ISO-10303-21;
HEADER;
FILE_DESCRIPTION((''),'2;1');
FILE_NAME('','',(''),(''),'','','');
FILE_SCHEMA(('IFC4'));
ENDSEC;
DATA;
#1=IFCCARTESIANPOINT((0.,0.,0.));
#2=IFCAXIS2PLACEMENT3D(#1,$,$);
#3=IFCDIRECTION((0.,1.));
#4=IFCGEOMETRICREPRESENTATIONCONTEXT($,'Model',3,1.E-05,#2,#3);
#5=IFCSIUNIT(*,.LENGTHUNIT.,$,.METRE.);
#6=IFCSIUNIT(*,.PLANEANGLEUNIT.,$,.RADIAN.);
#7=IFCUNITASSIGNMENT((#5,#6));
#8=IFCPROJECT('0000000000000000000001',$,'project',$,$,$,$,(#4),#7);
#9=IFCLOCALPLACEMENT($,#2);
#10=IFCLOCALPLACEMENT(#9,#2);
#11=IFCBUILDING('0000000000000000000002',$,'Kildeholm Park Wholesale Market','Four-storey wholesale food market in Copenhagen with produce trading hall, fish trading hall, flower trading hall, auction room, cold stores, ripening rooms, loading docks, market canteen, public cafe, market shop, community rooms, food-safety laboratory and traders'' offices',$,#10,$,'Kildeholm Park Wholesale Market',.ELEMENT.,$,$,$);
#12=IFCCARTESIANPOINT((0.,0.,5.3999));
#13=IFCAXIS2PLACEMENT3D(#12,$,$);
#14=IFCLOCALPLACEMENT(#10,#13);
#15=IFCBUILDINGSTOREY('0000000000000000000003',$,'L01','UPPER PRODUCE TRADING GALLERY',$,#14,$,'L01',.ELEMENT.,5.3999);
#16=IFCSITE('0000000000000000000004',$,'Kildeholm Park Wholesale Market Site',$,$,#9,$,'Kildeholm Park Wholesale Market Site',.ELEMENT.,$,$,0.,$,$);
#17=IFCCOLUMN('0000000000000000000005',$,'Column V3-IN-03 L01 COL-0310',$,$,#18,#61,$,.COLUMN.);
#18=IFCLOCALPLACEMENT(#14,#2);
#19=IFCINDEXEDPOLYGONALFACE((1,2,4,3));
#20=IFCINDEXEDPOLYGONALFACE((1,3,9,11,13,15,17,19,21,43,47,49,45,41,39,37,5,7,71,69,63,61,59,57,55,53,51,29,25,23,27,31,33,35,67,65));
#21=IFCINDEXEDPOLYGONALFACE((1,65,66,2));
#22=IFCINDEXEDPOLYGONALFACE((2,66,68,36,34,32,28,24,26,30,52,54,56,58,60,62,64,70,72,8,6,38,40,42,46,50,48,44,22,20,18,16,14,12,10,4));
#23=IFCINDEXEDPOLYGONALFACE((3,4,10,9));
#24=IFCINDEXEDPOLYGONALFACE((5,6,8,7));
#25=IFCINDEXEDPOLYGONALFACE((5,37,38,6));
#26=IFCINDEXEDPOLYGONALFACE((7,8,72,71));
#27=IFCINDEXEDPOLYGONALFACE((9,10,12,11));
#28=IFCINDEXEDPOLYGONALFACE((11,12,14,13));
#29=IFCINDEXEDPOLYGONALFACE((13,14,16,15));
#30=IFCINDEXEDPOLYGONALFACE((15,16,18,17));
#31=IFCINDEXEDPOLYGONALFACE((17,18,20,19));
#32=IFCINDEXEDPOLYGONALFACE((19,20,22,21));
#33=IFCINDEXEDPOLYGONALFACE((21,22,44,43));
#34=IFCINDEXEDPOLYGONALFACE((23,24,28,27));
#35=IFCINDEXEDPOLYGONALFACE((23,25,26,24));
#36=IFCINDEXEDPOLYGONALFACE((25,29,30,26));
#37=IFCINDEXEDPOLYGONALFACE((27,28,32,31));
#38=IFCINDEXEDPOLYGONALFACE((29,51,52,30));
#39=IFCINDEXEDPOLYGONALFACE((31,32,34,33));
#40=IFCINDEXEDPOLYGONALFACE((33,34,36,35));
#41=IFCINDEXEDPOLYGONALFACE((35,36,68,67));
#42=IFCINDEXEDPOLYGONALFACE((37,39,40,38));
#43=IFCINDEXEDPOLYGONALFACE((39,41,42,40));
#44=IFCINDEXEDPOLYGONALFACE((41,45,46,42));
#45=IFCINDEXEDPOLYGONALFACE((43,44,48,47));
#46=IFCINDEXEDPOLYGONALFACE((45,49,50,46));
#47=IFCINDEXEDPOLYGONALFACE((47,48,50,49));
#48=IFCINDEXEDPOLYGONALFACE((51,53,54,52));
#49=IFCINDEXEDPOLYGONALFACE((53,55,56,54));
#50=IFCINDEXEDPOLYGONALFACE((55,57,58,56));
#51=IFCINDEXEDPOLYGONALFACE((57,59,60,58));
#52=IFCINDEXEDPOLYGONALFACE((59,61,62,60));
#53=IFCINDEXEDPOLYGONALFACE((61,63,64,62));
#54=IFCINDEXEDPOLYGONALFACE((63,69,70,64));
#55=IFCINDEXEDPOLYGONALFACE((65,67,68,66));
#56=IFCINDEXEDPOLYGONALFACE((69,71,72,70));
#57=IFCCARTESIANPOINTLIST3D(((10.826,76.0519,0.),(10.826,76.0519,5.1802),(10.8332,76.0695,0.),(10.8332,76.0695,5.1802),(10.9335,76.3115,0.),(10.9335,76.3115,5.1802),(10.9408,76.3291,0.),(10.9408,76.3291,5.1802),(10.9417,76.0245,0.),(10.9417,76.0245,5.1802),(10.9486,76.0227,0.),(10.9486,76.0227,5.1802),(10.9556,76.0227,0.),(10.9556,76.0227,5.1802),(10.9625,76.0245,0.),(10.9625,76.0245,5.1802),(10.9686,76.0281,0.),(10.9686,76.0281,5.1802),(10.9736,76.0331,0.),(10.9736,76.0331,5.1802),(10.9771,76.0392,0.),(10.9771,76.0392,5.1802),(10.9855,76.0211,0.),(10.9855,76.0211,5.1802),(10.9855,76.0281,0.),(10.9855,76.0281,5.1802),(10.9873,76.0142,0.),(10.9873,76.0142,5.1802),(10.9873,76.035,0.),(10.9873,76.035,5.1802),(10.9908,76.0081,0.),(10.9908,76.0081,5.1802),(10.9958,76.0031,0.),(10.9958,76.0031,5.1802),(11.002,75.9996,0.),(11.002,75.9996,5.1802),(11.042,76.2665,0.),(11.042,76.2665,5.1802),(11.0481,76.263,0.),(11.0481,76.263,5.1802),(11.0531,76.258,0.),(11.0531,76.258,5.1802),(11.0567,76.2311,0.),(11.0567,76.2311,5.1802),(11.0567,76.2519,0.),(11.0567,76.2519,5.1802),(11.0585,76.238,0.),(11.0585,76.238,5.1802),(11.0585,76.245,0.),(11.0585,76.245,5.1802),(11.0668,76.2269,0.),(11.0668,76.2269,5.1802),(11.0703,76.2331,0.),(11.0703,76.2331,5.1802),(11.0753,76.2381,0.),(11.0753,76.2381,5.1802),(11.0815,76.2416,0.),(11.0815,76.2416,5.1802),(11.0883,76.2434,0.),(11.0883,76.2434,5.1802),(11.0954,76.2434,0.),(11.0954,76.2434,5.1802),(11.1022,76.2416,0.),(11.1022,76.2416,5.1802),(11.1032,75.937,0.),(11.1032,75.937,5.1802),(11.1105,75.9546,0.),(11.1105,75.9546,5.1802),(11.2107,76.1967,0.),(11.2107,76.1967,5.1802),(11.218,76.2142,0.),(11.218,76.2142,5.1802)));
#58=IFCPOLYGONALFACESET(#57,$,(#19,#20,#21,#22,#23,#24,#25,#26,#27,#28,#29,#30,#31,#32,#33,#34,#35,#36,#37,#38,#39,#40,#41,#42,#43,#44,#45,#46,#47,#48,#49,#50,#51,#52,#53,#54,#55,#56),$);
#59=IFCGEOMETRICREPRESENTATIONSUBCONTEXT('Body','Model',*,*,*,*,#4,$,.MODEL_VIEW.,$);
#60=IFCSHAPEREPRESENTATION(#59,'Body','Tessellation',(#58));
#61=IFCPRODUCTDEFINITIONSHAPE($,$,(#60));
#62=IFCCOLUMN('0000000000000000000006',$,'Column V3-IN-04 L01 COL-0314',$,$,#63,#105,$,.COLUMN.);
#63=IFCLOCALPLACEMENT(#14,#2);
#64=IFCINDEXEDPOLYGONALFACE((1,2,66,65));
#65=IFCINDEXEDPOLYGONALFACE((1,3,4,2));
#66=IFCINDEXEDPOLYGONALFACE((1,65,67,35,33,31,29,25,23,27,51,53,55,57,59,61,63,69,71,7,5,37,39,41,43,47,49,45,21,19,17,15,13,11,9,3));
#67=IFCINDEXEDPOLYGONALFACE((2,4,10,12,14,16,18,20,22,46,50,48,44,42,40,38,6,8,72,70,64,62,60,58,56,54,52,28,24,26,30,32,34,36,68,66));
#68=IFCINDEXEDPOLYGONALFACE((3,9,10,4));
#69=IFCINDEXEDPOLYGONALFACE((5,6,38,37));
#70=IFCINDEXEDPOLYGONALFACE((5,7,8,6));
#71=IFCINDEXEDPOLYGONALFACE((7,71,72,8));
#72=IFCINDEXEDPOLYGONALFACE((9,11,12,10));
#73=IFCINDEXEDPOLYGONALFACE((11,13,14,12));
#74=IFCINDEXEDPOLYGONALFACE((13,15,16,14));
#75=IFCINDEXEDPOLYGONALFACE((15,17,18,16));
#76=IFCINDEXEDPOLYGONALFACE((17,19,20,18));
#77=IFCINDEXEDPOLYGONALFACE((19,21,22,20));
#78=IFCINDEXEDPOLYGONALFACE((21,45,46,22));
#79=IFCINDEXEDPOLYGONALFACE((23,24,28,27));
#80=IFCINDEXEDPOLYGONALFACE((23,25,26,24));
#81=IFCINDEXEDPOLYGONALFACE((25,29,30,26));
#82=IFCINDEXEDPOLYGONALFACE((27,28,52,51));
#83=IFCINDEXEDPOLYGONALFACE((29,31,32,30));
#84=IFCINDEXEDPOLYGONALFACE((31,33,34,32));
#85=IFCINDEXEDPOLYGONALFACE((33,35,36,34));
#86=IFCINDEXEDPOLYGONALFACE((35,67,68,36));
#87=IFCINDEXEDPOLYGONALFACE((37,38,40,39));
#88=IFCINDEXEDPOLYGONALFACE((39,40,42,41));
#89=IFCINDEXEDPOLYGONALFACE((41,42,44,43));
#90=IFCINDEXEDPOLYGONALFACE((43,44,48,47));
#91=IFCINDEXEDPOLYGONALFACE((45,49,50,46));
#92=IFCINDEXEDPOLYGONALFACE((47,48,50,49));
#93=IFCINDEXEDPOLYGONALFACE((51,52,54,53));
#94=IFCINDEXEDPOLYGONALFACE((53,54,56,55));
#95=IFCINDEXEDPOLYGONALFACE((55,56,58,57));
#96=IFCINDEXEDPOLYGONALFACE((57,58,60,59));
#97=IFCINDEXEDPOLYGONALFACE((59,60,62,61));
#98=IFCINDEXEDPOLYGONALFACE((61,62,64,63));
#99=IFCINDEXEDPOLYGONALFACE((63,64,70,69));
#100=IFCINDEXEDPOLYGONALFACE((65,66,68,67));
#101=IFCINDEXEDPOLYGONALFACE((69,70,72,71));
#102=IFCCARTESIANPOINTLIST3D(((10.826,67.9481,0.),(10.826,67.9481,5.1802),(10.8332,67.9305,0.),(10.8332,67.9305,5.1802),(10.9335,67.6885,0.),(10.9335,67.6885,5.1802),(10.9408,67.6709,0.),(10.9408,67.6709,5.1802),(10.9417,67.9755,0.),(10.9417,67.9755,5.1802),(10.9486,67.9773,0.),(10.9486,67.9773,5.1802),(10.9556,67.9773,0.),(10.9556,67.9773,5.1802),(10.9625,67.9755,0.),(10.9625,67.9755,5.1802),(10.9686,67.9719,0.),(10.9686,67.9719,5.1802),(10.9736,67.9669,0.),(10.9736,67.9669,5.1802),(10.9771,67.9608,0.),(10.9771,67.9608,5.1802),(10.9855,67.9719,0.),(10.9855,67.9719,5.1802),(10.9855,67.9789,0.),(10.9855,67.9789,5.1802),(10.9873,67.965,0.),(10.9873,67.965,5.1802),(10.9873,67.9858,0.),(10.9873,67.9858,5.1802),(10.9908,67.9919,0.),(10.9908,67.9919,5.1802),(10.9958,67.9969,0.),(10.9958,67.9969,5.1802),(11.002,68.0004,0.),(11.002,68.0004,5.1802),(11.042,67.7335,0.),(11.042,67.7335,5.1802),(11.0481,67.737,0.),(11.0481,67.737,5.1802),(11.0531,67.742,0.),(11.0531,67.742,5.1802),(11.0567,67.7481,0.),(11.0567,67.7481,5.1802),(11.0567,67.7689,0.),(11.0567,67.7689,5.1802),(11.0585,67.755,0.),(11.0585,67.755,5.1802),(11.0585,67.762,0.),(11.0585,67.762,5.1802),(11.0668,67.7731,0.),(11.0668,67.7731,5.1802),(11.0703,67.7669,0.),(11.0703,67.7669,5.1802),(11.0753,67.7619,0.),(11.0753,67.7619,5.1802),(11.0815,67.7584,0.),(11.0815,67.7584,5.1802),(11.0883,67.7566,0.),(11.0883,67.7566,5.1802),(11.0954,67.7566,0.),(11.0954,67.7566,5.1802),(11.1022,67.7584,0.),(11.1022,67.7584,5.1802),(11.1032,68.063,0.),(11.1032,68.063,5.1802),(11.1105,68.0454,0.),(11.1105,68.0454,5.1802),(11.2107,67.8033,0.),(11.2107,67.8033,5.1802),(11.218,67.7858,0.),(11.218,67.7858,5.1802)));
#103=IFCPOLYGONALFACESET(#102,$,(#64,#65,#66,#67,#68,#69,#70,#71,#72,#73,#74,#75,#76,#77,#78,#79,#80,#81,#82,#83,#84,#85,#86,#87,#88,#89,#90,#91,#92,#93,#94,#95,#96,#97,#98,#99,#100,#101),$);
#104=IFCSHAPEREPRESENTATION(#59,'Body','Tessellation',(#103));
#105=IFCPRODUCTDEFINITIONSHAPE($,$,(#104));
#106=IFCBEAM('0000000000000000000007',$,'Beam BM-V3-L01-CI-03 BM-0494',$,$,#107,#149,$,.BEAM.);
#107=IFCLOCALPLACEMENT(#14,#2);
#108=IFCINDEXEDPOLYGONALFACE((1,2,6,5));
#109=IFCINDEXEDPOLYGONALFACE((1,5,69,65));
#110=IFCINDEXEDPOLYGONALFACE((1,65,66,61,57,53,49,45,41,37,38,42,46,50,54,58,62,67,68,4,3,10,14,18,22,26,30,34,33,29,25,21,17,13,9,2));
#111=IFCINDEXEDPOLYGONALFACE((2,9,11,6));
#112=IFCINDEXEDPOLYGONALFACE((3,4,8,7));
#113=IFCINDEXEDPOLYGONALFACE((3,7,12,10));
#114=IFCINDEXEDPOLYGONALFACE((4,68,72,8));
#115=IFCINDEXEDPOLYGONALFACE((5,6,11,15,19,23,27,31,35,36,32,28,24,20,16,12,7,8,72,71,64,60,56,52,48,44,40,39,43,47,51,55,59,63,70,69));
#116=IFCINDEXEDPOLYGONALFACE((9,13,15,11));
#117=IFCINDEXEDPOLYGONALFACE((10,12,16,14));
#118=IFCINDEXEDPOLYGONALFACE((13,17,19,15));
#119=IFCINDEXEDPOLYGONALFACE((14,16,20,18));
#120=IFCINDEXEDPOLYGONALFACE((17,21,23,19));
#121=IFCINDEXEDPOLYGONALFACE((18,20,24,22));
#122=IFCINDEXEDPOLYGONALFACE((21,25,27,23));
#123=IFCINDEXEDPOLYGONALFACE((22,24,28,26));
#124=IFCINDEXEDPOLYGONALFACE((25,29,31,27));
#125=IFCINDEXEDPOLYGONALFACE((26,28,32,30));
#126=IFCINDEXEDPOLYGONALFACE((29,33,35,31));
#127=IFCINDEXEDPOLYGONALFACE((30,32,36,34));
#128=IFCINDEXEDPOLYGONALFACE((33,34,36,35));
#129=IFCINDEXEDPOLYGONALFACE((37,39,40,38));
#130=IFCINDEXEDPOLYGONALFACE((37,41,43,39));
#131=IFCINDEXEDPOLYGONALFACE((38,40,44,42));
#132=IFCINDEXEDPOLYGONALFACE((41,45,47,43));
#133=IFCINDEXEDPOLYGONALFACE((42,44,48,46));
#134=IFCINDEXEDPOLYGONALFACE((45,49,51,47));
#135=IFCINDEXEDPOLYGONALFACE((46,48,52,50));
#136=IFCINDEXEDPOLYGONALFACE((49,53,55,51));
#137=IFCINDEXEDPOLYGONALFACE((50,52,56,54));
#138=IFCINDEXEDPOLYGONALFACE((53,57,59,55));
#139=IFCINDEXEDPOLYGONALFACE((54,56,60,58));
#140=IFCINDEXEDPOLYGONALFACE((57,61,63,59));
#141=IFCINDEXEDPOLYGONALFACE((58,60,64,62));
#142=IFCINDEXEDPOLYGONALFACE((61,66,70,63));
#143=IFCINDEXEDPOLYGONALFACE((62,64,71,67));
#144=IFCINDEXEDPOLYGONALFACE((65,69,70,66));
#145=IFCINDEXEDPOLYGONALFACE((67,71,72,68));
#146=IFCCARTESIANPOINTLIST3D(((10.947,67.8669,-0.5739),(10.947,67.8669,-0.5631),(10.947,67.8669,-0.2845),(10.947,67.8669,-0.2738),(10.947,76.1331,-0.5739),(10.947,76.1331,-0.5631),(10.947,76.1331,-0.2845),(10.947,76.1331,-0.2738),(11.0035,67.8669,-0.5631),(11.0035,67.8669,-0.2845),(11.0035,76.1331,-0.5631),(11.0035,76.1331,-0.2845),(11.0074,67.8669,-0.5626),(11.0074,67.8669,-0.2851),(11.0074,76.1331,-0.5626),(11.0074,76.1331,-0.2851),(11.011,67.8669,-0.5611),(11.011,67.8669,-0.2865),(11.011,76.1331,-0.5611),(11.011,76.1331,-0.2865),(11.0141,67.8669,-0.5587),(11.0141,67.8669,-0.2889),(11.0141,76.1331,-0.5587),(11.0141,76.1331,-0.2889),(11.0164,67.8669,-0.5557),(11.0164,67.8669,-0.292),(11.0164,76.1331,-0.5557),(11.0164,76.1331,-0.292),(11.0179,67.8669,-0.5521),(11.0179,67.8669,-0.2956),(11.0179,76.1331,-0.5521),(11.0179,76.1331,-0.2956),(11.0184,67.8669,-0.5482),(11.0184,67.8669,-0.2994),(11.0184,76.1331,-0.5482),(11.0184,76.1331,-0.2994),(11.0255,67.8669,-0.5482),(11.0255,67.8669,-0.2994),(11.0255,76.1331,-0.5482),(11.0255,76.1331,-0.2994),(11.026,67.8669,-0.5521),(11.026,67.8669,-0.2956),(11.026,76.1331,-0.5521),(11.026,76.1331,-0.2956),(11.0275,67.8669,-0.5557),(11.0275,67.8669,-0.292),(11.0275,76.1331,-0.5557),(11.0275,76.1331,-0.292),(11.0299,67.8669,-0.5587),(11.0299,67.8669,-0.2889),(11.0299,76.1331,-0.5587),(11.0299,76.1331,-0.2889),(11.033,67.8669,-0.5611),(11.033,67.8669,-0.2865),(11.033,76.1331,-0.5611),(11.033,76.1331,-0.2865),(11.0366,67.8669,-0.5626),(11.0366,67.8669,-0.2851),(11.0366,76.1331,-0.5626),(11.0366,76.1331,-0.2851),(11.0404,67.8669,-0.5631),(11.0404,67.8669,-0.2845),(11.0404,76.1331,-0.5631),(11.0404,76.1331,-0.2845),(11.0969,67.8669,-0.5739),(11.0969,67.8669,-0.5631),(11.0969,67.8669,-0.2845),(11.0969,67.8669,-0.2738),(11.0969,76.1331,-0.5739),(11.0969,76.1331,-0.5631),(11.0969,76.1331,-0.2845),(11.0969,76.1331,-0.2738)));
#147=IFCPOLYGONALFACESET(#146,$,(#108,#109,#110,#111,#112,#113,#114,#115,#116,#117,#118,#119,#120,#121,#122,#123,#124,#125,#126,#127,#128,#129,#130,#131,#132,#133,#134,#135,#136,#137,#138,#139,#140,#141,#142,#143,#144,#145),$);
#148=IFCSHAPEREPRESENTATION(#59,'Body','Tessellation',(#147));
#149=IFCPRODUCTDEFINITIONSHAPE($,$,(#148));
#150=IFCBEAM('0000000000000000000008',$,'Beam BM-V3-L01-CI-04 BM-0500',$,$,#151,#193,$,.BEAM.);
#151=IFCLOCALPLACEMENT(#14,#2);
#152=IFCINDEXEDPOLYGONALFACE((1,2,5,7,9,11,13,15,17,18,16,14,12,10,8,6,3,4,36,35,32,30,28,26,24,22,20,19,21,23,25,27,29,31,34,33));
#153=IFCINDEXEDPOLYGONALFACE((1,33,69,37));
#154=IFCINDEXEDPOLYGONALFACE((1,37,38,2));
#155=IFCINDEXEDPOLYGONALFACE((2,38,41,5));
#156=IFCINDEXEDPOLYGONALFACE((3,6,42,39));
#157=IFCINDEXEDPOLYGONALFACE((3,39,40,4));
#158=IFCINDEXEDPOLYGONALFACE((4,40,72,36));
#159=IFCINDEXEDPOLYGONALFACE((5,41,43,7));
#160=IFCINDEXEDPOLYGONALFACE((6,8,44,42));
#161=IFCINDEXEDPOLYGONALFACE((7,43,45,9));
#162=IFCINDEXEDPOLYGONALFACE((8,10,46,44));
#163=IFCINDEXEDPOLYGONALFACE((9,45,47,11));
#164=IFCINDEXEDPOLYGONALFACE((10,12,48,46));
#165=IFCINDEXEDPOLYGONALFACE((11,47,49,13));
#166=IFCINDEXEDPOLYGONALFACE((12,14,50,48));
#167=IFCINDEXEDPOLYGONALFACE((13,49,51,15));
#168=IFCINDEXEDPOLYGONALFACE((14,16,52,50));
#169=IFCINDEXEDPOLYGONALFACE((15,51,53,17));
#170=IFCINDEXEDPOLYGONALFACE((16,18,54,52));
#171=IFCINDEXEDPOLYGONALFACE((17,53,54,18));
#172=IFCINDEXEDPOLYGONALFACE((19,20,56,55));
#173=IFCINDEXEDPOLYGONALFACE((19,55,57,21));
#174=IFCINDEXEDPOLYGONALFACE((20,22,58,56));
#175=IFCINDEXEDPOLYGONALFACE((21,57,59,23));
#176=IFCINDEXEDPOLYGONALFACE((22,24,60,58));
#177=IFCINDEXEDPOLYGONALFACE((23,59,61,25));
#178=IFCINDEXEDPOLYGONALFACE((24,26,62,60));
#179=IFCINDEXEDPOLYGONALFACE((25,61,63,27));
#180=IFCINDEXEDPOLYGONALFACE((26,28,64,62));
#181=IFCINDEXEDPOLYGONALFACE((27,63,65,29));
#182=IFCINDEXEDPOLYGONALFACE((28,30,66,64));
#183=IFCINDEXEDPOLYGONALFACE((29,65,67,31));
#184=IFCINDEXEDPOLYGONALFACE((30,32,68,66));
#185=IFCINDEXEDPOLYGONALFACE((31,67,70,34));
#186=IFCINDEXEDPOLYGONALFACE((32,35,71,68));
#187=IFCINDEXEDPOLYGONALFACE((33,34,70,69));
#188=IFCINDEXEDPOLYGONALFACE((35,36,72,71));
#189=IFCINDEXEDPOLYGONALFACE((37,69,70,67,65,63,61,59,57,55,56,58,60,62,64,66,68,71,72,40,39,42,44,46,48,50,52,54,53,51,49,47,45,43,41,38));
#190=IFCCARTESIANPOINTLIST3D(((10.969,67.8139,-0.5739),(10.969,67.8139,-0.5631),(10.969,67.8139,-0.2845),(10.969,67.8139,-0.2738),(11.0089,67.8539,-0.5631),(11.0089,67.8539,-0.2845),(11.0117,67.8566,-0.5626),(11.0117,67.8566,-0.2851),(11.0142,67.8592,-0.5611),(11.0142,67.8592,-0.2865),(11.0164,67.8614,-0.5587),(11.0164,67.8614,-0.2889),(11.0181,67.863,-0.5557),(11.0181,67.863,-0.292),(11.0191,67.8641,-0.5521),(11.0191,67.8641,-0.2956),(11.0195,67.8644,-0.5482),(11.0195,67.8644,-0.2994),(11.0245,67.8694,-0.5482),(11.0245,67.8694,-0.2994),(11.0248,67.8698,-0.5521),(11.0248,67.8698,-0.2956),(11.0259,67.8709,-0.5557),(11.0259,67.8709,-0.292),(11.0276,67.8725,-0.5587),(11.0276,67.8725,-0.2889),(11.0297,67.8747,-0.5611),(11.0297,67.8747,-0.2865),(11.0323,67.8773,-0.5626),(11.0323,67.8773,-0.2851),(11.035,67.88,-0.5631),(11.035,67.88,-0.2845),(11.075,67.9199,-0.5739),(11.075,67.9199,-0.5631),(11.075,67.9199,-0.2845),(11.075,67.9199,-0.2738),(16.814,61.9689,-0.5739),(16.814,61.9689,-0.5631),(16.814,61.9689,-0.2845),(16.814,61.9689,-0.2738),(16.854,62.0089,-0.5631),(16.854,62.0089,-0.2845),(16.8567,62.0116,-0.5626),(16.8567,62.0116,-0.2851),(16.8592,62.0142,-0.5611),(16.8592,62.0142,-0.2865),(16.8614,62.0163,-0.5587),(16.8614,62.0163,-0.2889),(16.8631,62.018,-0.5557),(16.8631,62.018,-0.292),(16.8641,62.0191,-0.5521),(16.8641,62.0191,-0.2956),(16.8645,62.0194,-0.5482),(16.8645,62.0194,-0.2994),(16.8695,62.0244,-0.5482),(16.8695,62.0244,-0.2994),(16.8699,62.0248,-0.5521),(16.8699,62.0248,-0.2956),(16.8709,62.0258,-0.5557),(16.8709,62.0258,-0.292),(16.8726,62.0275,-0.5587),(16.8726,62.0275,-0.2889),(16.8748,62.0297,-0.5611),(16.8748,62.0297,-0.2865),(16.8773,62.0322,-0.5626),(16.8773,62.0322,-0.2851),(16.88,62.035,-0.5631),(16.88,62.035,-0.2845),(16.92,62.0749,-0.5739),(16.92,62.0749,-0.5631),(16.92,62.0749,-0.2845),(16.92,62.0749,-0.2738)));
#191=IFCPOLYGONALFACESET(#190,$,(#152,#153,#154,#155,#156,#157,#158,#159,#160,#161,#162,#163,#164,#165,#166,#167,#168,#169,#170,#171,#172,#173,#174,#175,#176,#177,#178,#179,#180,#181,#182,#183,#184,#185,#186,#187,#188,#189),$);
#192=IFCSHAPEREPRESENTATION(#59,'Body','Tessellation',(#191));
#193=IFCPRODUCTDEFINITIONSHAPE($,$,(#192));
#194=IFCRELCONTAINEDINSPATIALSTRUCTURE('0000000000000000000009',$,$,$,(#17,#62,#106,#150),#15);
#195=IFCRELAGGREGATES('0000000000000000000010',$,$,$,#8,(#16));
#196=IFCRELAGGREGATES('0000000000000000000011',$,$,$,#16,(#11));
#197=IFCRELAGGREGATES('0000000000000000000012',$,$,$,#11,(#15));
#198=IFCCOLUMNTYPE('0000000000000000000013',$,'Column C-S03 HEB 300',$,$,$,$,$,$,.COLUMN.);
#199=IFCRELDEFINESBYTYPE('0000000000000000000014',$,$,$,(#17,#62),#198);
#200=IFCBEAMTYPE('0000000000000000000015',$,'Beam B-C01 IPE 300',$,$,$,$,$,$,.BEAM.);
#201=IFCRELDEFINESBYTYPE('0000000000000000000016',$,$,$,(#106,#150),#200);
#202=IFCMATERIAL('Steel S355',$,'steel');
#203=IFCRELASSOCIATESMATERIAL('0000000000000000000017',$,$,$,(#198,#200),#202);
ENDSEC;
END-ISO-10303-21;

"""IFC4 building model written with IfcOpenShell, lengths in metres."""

from ifc_helpers import new_model, si_unit, direction, frame, origin, origin_2d, place, context, subcontext, project, spatial, i_section, extrude, material, material_profile, profile_set, type_object, element, save


model = new_model("IFC4")

# Units and contexts
model_context = context("Model", 3, precision=1e-05, world=origin(), true_north=direction((0.0, 1.0)))
body_context = subcontext(model_context, "Body", "Model", "MODEL_VIEW")
ifc_project = project(units=[si_unit("LENGTHUNIT", "METRE"), si_unit("PLANEANGLEUNIT", "RADIAN")], contexts=[model_context])

# Site, building, storey
site_placement = place(None, origin())
site = spatial("IfcSite", under=ifc_project, at=site_placement, Name="Kildeholm Park Wholesale Market Site", LongName="Kildeholm Park Wholesale Market Site", CompositionType="ELEMENT", RefElevation=0.0)
building_placement = place(site_placement, origin())
building = spatial("IfcBuilding", under=site, at=building_placement, Name="Kildeholm Park Wholesale Market", Description="Four-storey wholesale food market in Copenhagen with produce trading hall, fish trading hall, flower trading hall, auction room, cold stores, ripening rooms, loading docks, market canteen, public cafe, market shop, community rooms, food-safety laboratory and traders' offices", LongName="Kildeholm Park Wholesale Market", CompositionType="ELEMENT")
storey_placement = place(building_placement, frame((0.0, 0.0, 5.3999)))
storey = spatial("IfcBuildingStorey", under=building, at=storey_placement, Name="L01", Description="UPPER PRODUCE TRADING GALLERY", LongName="L01", CompositionType="ELEMENT", Elevation=5.3999)

# Columns
ifc_material_1 = material(Name="Steel S355", Category="steel")
ifc_material_profile_1 = material_profile(ifc_material_1, i_section(OverallWidth=0.3, OverallDepth=0.3, WebThickness=0.011, FlangeThickness=0.019, FilletRadius=0.0271, at=origin_2d()), Name="HEB 300")
ifc_profile_set_1 = profile_set([ifc_material_profile_1], Name="Steel S355")
column_type = type_object("IfcColumnType", Name="Column C-S03 HEB 300", PredefinedType="COLUMN", material=ifc_profile_set_1)
for number, where, z_axis, x_axis, name in (
    (1, (11.022, 76.1331, 0.0), (0.0, 0.0, 1.0), (-0.92388, 0.382683, 0.0), "Column V3-IN-03 L01 COL-0310"),
    (2, (11.022, 67.8669, 0.0), (0.0, 0.0, 1.0), (-0.92388, -0.382683, 0.0), "Column V3-IN-04 L01 COL-0314"),
):
    element("IfcColumn", number, at=place(storey_placement, frame(where, z_axis=z_axis, x_axis=x_axis)), inside=storey, type_object=column_type, Name=name, PredefinedType="COLUMN", context=body_context, shape_type="SweptSolid", body=[
        extrude(i_section(OverallWidth=0.3, OverallDepth=0.3, WebThickness=0.011, FlangeThickness=0.019, FilletRadius=0.0271, at=origin_2d()), origin(), (0.0, 0.0, 1.0), 5.1802),
    ])

# Beams
ifc_material_profile_2 = material_profile(ifc_material_1, i_section(OverallWidth=0.1499, OverallDepth=0.3, WebThickness=0.0071, FlangeThickness=0.0107, FilletRadius=0.0149, at=origin_2d()), Name="IPE 300")
ifc_profile_set_2 = profile_set([ifc_material_profile_2], Name="Steel S355")
beam_type_1 = type_object("IfcBeamType", Name="Beam B-C01 IPE 300", PredefinedType="BEAM", material=ifc_profile_set_2)
for number, where, z_axis, x_axis, name in (
    (3, (11.022, 76.1331, -0.4238), (0.0, -1.0, 0.0), (1.0, 0.0, 0.0), "Beam BM-V3-L01-CI-03 BM-0494"),
    (4, (11.022, 67.8669, -0.4238), (0.707107, -0.707107, 0.0), (0.707107, 0.707107, 0.0), "Beam BM-V3-L01-CI-04 BM-0500"),
):
    element("IfcBeam", number, at=place(storey_placement, frame(where, z_axis=z_axis, x_axis=x_axis)), inside=storey, type_object=beam_type_1, Name=name, PredefinedType="BEAM", context=body_context, shape_type="SweptSolid", body=[
        extrude(i_section(OverallWidth=0.1499, OverallDepth=0.3, WebThickness=0.0071, FlangeThickness=0.0107, FilletRadius=0.0149, at=origin_2d()), origin(), (0.0, 0.0, 1.0), 8.2661),
    ])

save(model, "model.ifc")
